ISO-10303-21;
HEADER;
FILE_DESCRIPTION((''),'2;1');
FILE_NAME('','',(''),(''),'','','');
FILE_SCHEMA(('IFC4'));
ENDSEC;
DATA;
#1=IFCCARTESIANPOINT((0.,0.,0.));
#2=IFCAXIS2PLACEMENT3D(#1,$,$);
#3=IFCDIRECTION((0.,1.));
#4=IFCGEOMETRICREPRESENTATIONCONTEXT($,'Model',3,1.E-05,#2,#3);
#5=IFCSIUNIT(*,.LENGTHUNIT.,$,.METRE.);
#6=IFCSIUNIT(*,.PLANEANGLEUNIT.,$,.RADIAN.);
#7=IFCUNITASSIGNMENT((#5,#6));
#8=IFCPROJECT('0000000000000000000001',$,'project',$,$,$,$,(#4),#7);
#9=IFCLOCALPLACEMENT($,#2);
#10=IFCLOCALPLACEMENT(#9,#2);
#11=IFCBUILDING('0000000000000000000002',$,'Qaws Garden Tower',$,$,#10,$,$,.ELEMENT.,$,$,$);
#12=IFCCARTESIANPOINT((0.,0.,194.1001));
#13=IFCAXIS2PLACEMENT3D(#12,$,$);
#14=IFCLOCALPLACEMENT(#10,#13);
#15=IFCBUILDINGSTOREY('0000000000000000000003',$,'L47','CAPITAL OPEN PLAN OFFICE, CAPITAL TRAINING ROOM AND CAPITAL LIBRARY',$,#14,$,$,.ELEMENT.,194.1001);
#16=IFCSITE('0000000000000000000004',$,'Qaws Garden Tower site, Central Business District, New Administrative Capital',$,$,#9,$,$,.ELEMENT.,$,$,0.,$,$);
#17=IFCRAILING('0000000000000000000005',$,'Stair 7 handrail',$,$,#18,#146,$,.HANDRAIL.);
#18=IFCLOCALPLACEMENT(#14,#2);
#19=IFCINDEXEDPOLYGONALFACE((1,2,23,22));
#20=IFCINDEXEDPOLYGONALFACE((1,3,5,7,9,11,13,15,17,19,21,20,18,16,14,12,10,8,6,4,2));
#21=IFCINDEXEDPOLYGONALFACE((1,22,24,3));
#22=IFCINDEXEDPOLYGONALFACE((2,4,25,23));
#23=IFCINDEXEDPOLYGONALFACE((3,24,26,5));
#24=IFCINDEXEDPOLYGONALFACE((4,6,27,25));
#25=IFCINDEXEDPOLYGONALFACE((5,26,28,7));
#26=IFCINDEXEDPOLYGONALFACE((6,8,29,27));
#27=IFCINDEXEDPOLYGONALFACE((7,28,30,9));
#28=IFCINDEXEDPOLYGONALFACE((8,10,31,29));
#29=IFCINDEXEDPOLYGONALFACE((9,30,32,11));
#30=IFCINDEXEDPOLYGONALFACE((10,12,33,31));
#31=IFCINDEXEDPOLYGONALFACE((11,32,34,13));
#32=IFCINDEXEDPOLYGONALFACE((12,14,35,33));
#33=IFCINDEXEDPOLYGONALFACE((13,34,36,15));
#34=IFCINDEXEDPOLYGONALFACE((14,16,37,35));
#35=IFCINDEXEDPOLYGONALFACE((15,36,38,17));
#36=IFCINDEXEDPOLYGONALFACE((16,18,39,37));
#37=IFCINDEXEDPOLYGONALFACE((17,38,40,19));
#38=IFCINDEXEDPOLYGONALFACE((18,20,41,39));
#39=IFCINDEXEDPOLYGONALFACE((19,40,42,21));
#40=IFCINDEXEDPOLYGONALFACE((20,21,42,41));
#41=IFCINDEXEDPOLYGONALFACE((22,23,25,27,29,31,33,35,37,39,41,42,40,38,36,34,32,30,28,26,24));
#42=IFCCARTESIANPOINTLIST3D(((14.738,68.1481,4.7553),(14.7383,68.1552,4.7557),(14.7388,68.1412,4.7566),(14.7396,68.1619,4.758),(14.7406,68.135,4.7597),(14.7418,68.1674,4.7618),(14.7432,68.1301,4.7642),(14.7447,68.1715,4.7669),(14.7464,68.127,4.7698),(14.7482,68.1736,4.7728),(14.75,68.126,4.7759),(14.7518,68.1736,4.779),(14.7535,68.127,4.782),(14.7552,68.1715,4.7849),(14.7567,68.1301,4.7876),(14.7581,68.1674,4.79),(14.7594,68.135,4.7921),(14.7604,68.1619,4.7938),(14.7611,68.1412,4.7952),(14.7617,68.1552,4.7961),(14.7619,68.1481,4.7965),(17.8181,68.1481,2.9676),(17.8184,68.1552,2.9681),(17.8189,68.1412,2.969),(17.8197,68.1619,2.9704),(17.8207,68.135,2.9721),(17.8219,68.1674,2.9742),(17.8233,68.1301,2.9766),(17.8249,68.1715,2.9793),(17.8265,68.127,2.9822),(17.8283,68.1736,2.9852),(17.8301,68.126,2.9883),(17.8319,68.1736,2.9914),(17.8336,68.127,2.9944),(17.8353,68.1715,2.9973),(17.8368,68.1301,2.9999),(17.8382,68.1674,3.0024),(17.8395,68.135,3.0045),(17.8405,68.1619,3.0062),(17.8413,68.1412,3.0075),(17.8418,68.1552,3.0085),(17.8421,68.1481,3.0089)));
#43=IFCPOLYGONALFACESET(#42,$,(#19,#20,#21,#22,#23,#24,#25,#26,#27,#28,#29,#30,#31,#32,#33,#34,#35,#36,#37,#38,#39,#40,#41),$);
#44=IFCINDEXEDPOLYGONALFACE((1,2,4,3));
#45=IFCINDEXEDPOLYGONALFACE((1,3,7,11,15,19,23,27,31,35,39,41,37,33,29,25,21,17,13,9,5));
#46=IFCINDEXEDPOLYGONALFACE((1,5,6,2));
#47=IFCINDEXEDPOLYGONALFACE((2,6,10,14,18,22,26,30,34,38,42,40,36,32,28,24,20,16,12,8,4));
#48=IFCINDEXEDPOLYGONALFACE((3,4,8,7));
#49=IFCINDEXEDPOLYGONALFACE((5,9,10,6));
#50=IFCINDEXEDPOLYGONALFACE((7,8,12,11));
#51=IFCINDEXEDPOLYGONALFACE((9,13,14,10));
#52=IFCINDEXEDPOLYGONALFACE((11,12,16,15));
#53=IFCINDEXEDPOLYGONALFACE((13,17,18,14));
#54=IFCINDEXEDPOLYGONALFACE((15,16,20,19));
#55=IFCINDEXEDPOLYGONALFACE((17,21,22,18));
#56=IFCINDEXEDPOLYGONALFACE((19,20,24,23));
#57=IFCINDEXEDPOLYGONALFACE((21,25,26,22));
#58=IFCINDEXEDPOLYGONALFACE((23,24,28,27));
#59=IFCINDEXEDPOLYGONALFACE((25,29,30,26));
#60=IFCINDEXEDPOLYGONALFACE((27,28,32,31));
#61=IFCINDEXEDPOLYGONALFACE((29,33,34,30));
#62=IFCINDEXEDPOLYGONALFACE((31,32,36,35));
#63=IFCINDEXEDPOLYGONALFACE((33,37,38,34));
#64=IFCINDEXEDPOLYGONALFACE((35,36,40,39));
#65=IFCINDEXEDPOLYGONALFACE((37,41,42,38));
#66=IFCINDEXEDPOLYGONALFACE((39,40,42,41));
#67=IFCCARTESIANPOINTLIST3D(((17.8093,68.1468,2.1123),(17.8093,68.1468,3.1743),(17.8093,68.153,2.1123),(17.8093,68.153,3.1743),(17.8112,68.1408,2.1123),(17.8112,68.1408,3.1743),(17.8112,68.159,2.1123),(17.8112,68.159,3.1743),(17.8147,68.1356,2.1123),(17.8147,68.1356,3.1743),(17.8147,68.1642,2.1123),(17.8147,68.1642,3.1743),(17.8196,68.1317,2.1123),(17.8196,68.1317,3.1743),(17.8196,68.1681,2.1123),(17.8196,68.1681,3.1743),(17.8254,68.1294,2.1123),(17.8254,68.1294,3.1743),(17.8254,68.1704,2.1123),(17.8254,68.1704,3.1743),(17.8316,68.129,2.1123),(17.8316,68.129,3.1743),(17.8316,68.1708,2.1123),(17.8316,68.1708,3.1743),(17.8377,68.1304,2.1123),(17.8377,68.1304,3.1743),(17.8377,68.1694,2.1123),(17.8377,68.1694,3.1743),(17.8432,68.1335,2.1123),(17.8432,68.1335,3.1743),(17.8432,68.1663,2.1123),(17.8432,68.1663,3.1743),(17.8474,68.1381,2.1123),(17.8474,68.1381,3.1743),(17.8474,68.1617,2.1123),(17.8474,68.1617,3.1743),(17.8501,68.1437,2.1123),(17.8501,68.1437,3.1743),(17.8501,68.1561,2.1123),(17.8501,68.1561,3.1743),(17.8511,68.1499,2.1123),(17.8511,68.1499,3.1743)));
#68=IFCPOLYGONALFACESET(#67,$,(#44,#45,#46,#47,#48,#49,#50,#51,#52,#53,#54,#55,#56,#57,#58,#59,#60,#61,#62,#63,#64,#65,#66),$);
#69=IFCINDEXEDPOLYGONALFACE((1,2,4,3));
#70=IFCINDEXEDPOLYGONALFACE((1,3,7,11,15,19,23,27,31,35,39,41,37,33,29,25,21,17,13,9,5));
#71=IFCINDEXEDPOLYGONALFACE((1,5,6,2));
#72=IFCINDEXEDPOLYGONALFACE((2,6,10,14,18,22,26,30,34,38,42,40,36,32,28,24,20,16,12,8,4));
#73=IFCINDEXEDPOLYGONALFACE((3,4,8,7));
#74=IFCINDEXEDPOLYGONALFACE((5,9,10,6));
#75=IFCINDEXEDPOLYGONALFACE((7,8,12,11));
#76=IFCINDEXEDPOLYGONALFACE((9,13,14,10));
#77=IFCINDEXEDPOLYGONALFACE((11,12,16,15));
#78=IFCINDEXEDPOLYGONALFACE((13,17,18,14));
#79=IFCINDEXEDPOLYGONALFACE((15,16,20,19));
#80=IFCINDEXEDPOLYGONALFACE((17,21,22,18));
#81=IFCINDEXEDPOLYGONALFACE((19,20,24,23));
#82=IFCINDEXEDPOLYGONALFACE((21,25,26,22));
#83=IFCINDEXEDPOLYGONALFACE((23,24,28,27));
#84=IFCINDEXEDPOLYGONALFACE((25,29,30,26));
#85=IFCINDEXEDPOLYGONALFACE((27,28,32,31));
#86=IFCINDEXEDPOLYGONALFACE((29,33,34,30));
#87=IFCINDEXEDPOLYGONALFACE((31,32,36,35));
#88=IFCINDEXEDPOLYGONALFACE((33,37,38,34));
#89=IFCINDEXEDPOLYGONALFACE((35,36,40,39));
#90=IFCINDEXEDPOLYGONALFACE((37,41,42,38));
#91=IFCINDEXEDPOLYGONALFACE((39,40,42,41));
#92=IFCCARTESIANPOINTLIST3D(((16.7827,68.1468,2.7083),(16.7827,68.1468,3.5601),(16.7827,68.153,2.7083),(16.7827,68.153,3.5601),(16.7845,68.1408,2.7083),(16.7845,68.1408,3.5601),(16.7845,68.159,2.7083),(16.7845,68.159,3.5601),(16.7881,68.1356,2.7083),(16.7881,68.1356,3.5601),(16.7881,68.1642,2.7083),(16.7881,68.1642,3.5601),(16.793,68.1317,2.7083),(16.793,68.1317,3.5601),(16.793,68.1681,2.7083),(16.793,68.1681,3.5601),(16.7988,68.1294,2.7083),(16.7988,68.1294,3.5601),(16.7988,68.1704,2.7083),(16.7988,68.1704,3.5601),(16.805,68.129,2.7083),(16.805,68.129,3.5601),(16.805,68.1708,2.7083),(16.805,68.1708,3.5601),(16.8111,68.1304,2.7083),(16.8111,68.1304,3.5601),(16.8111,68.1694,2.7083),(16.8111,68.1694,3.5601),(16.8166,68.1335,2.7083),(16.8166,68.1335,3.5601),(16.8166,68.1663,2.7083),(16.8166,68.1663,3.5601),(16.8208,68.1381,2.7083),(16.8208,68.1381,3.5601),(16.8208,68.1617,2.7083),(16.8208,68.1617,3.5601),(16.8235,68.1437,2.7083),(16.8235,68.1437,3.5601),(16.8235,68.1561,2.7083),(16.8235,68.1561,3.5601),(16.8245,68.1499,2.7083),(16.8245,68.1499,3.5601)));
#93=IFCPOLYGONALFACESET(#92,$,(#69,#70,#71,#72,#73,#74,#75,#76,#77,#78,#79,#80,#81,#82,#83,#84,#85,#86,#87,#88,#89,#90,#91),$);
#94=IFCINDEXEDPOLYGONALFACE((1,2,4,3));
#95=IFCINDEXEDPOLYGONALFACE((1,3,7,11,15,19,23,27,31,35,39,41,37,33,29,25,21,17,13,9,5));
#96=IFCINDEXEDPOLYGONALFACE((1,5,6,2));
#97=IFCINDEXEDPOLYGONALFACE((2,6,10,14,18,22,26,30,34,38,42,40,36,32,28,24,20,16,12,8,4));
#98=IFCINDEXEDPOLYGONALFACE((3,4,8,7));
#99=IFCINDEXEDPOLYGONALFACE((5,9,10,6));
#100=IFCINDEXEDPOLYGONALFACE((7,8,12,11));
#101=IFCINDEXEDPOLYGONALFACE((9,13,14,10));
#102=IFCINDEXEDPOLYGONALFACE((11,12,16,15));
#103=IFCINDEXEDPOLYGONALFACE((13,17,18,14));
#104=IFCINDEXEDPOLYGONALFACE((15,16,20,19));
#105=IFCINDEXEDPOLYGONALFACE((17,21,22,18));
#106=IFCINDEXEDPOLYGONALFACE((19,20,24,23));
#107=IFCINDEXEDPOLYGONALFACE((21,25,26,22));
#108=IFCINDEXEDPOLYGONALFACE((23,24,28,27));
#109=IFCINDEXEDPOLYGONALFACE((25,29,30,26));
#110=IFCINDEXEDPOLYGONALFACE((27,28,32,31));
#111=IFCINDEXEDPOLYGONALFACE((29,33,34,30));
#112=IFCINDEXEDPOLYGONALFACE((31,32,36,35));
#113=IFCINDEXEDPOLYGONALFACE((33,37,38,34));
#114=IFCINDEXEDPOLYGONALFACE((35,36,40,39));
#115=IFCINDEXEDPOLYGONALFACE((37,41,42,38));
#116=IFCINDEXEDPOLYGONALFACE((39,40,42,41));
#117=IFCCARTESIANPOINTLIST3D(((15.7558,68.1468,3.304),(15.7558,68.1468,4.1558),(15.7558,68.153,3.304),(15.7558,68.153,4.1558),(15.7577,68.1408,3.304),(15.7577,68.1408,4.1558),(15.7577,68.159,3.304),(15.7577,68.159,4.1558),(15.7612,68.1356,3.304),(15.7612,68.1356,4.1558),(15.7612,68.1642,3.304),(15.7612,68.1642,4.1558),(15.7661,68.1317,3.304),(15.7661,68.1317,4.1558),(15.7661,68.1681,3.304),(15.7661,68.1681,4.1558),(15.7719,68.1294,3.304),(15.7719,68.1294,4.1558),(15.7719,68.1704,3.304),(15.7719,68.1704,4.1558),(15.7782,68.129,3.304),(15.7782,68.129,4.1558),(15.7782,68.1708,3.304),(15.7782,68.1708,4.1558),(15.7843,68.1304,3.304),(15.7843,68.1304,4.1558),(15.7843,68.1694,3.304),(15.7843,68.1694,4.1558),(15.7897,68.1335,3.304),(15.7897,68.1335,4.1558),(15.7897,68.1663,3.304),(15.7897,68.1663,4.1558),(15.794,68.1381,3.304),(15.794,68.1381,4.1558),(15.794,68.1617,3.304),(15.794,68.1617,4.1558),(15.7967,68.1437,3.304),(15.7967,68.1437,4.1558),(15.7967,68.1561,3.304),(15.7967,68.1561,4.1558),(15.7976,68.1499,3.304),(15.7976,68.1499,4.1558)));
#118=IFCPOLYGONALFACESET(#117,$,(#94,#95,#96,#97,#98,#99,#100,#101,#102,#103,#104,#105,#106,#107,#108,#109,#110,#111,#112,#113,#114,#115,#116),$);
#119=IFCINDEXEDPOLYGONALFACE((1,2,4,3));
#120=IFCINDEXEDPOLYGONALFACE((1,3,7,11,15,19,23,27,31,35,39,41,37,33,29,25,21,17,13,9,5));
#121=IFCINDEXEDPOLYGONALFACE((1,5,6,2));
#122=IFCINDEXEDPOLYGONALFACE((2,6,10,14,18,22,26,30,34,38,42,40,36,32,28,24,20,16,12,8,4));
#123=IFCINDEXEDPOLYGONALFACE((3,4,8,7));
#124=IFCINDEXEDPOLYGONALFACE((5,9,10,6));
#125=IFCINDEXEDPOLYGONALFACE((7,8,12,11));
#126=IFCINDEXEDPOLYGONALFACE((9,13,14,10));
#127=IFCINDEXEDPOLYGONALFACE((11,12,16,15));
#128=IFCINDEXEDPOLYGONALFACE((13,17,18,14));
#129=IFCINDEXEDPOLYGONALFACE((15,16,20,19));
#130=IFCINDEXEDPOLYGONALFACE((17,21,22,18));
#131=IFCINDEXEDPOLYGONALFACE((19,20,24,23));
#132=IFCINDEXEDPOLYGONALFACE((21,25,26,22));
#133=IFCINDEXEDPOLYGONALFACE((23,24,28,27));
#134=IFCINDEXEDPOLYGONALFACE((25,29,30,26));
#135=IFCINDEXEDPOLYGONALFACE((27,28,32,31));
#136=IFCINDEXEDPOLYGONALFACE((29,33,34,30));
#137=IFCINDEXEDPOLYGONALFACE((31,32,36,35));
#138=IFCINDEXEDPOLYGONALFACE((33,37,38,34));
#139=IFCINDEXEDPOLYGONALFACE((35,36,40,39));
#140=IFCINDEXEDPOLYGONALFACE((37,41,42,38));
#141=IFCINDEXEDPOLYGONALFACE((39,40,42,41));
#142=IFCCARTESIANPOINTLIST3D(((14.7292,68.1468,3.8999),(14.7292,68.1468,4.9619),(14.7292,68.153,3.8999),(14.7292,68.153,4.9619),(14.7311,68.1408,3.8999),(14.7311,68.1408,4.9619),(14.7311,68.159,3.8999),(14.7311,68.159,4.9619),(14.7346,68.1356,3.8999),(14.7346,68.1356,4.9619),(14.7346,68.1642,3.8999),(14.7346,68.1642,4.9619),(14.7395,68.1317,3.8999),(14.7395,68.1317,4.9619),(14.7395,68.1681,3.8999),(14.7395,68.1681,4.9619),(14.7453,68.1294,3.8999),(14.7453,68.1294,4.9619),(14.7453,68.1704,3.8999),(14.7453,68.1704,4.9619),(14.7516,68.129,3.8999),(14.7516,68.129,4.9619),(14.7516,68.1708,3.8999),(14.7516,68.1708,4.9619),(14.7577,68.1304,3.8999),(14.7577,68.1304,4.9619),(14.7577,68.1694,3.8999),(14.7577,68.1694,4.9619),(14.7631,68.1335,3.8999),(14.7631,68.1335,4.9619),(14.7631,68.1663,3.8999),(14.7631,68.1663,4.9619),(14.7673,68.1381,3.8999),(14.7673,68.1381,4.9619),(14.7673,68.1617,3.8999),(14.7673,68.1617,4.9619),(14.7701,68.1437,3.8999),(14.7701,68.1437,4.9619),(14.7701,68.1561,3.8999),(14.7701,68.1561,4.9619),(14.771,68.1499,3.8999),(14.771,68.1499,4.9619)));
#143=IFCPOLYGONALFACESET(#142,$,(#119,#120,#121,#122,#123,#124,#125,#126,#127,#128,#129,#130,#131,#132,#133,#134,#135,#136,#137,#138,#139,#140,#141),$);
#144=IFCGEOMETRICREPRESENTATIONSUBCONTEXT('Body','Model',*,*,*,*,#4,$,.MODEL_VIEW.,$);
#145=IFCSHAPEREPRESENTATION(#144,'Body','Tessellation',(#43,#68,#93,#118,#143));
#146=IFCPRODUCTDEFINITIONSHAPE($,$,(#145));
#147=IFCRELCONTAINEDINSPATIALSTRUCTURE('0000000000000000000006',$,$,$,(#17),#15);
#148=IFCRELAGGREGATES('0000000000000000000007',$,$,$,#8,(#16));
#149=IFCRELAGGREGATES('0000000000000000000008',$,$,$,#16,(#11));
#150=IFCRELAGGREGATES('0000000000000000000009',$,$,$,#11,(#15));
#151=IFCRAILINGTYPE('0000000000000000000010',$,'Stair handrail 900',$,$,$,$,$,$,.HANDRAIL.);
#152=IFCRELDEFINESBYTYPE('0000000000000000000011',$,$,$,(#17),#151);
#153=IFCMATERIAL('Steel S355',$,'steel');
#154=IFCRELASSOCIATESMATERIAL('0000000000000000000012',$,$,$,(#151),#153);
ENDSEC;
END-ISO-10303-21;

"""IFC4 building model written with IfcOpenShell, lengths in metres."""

from ifc_helpers import new_model, si_unit, direction, frame, origin, origin_2d, place, context, subcontext, project, spatial, circle, extrude, material, type_object, element, save


model = new_model("IFC4")

# Units and contexts
model_context = context("Model", 3, precision=1e-05, world=origin(), true_north=direction((0.0, 1.0)))
body_context = subcontext(model_context, "Body", "Model", "MODEL_VIEW")
ifc_project = project(units=[si_unit("LENGTHUNIT", "METRE"), si_unit("PLANEANGLEUNIT", "RADIAN")], contexts=[model_context])

# Site, building, storey
site_placement = place(None, origin())
site = spatial("IfcSite", under=ifc_project, at=site_placement, Name="Qaws Garden Tower site, Central Business District, New Administrative Capital", CompositionType="ELEMENT", RefElevation=0.0)
building_placement = place(site_placement, origin())
building = spatial("IfcBuilding", under=site, at=building_placement, Name="Qaws Garden Tower", CompositionType="ELEMENT")
storey_placement = place(building_placement, frame((0.0, 0.0, 194.1001)))
storey = spatial("IfcBuildingStorey", under=building, at=storey_placement, Name="L47", Description="CAPITAL OPEN PLAN OFFICE, CAPITAL TRAINING ROOM AND CAPITAL LIBRARY", CompositionType="ELEMENT", Elevation=194.1001)

# Railing
ifc_material_1 = material(Name="Steel S355", Category="steel")
railing_type = type_object("IfcRailingType", Name="Stair handrail 900", PredefinedType="HANDRAIL", material=ifc_material_1)
railing_1_placement = place(storey_placement, frame((17.8301, 68.1499, 2.1123)))
element("IfcRailing", 1, at=railing_1_placement, inside=storey, type_object=railing_type, Name="Stair 7 handrail", PredefinedType="HANDRAIL", context=body_context, shape_type="SweptSolid", body=[
    extrude(circle(Radius=0.0239, at=origin_2d()), frame((0.0, 0.0, 0.876), z_axis=(-0.864891, 0.0, 0.50196), x_axis=(0.0, -1.0, 0.0)), (0.0, 0.0, 1.0), 3.5613),
    extrude(circle(Radius=0.021, at=origin_2d()), origin(), (0.0, 0.0, 1.0), 1.062),
    extrude(circle(Radius=0.021, at=origin_2d()), frame((-1.0266, 0.0, 0.5959)), (0.0, 0.0, 1.0), 0.8518),
    extrude(circle(Radius=0.021, at=origin_2d()), frame((-2.0535, 0.0, 1.1917)), (0.0, 0.0, 1.0), 0.8518),
    extrude(circle(Radius=0.021, at=origin_2d()), frame((-3.0801, 0.0, 1.7876)), (0.0, 0.0, 1.0), 1.062),
])

save(model, "model.ifc")
